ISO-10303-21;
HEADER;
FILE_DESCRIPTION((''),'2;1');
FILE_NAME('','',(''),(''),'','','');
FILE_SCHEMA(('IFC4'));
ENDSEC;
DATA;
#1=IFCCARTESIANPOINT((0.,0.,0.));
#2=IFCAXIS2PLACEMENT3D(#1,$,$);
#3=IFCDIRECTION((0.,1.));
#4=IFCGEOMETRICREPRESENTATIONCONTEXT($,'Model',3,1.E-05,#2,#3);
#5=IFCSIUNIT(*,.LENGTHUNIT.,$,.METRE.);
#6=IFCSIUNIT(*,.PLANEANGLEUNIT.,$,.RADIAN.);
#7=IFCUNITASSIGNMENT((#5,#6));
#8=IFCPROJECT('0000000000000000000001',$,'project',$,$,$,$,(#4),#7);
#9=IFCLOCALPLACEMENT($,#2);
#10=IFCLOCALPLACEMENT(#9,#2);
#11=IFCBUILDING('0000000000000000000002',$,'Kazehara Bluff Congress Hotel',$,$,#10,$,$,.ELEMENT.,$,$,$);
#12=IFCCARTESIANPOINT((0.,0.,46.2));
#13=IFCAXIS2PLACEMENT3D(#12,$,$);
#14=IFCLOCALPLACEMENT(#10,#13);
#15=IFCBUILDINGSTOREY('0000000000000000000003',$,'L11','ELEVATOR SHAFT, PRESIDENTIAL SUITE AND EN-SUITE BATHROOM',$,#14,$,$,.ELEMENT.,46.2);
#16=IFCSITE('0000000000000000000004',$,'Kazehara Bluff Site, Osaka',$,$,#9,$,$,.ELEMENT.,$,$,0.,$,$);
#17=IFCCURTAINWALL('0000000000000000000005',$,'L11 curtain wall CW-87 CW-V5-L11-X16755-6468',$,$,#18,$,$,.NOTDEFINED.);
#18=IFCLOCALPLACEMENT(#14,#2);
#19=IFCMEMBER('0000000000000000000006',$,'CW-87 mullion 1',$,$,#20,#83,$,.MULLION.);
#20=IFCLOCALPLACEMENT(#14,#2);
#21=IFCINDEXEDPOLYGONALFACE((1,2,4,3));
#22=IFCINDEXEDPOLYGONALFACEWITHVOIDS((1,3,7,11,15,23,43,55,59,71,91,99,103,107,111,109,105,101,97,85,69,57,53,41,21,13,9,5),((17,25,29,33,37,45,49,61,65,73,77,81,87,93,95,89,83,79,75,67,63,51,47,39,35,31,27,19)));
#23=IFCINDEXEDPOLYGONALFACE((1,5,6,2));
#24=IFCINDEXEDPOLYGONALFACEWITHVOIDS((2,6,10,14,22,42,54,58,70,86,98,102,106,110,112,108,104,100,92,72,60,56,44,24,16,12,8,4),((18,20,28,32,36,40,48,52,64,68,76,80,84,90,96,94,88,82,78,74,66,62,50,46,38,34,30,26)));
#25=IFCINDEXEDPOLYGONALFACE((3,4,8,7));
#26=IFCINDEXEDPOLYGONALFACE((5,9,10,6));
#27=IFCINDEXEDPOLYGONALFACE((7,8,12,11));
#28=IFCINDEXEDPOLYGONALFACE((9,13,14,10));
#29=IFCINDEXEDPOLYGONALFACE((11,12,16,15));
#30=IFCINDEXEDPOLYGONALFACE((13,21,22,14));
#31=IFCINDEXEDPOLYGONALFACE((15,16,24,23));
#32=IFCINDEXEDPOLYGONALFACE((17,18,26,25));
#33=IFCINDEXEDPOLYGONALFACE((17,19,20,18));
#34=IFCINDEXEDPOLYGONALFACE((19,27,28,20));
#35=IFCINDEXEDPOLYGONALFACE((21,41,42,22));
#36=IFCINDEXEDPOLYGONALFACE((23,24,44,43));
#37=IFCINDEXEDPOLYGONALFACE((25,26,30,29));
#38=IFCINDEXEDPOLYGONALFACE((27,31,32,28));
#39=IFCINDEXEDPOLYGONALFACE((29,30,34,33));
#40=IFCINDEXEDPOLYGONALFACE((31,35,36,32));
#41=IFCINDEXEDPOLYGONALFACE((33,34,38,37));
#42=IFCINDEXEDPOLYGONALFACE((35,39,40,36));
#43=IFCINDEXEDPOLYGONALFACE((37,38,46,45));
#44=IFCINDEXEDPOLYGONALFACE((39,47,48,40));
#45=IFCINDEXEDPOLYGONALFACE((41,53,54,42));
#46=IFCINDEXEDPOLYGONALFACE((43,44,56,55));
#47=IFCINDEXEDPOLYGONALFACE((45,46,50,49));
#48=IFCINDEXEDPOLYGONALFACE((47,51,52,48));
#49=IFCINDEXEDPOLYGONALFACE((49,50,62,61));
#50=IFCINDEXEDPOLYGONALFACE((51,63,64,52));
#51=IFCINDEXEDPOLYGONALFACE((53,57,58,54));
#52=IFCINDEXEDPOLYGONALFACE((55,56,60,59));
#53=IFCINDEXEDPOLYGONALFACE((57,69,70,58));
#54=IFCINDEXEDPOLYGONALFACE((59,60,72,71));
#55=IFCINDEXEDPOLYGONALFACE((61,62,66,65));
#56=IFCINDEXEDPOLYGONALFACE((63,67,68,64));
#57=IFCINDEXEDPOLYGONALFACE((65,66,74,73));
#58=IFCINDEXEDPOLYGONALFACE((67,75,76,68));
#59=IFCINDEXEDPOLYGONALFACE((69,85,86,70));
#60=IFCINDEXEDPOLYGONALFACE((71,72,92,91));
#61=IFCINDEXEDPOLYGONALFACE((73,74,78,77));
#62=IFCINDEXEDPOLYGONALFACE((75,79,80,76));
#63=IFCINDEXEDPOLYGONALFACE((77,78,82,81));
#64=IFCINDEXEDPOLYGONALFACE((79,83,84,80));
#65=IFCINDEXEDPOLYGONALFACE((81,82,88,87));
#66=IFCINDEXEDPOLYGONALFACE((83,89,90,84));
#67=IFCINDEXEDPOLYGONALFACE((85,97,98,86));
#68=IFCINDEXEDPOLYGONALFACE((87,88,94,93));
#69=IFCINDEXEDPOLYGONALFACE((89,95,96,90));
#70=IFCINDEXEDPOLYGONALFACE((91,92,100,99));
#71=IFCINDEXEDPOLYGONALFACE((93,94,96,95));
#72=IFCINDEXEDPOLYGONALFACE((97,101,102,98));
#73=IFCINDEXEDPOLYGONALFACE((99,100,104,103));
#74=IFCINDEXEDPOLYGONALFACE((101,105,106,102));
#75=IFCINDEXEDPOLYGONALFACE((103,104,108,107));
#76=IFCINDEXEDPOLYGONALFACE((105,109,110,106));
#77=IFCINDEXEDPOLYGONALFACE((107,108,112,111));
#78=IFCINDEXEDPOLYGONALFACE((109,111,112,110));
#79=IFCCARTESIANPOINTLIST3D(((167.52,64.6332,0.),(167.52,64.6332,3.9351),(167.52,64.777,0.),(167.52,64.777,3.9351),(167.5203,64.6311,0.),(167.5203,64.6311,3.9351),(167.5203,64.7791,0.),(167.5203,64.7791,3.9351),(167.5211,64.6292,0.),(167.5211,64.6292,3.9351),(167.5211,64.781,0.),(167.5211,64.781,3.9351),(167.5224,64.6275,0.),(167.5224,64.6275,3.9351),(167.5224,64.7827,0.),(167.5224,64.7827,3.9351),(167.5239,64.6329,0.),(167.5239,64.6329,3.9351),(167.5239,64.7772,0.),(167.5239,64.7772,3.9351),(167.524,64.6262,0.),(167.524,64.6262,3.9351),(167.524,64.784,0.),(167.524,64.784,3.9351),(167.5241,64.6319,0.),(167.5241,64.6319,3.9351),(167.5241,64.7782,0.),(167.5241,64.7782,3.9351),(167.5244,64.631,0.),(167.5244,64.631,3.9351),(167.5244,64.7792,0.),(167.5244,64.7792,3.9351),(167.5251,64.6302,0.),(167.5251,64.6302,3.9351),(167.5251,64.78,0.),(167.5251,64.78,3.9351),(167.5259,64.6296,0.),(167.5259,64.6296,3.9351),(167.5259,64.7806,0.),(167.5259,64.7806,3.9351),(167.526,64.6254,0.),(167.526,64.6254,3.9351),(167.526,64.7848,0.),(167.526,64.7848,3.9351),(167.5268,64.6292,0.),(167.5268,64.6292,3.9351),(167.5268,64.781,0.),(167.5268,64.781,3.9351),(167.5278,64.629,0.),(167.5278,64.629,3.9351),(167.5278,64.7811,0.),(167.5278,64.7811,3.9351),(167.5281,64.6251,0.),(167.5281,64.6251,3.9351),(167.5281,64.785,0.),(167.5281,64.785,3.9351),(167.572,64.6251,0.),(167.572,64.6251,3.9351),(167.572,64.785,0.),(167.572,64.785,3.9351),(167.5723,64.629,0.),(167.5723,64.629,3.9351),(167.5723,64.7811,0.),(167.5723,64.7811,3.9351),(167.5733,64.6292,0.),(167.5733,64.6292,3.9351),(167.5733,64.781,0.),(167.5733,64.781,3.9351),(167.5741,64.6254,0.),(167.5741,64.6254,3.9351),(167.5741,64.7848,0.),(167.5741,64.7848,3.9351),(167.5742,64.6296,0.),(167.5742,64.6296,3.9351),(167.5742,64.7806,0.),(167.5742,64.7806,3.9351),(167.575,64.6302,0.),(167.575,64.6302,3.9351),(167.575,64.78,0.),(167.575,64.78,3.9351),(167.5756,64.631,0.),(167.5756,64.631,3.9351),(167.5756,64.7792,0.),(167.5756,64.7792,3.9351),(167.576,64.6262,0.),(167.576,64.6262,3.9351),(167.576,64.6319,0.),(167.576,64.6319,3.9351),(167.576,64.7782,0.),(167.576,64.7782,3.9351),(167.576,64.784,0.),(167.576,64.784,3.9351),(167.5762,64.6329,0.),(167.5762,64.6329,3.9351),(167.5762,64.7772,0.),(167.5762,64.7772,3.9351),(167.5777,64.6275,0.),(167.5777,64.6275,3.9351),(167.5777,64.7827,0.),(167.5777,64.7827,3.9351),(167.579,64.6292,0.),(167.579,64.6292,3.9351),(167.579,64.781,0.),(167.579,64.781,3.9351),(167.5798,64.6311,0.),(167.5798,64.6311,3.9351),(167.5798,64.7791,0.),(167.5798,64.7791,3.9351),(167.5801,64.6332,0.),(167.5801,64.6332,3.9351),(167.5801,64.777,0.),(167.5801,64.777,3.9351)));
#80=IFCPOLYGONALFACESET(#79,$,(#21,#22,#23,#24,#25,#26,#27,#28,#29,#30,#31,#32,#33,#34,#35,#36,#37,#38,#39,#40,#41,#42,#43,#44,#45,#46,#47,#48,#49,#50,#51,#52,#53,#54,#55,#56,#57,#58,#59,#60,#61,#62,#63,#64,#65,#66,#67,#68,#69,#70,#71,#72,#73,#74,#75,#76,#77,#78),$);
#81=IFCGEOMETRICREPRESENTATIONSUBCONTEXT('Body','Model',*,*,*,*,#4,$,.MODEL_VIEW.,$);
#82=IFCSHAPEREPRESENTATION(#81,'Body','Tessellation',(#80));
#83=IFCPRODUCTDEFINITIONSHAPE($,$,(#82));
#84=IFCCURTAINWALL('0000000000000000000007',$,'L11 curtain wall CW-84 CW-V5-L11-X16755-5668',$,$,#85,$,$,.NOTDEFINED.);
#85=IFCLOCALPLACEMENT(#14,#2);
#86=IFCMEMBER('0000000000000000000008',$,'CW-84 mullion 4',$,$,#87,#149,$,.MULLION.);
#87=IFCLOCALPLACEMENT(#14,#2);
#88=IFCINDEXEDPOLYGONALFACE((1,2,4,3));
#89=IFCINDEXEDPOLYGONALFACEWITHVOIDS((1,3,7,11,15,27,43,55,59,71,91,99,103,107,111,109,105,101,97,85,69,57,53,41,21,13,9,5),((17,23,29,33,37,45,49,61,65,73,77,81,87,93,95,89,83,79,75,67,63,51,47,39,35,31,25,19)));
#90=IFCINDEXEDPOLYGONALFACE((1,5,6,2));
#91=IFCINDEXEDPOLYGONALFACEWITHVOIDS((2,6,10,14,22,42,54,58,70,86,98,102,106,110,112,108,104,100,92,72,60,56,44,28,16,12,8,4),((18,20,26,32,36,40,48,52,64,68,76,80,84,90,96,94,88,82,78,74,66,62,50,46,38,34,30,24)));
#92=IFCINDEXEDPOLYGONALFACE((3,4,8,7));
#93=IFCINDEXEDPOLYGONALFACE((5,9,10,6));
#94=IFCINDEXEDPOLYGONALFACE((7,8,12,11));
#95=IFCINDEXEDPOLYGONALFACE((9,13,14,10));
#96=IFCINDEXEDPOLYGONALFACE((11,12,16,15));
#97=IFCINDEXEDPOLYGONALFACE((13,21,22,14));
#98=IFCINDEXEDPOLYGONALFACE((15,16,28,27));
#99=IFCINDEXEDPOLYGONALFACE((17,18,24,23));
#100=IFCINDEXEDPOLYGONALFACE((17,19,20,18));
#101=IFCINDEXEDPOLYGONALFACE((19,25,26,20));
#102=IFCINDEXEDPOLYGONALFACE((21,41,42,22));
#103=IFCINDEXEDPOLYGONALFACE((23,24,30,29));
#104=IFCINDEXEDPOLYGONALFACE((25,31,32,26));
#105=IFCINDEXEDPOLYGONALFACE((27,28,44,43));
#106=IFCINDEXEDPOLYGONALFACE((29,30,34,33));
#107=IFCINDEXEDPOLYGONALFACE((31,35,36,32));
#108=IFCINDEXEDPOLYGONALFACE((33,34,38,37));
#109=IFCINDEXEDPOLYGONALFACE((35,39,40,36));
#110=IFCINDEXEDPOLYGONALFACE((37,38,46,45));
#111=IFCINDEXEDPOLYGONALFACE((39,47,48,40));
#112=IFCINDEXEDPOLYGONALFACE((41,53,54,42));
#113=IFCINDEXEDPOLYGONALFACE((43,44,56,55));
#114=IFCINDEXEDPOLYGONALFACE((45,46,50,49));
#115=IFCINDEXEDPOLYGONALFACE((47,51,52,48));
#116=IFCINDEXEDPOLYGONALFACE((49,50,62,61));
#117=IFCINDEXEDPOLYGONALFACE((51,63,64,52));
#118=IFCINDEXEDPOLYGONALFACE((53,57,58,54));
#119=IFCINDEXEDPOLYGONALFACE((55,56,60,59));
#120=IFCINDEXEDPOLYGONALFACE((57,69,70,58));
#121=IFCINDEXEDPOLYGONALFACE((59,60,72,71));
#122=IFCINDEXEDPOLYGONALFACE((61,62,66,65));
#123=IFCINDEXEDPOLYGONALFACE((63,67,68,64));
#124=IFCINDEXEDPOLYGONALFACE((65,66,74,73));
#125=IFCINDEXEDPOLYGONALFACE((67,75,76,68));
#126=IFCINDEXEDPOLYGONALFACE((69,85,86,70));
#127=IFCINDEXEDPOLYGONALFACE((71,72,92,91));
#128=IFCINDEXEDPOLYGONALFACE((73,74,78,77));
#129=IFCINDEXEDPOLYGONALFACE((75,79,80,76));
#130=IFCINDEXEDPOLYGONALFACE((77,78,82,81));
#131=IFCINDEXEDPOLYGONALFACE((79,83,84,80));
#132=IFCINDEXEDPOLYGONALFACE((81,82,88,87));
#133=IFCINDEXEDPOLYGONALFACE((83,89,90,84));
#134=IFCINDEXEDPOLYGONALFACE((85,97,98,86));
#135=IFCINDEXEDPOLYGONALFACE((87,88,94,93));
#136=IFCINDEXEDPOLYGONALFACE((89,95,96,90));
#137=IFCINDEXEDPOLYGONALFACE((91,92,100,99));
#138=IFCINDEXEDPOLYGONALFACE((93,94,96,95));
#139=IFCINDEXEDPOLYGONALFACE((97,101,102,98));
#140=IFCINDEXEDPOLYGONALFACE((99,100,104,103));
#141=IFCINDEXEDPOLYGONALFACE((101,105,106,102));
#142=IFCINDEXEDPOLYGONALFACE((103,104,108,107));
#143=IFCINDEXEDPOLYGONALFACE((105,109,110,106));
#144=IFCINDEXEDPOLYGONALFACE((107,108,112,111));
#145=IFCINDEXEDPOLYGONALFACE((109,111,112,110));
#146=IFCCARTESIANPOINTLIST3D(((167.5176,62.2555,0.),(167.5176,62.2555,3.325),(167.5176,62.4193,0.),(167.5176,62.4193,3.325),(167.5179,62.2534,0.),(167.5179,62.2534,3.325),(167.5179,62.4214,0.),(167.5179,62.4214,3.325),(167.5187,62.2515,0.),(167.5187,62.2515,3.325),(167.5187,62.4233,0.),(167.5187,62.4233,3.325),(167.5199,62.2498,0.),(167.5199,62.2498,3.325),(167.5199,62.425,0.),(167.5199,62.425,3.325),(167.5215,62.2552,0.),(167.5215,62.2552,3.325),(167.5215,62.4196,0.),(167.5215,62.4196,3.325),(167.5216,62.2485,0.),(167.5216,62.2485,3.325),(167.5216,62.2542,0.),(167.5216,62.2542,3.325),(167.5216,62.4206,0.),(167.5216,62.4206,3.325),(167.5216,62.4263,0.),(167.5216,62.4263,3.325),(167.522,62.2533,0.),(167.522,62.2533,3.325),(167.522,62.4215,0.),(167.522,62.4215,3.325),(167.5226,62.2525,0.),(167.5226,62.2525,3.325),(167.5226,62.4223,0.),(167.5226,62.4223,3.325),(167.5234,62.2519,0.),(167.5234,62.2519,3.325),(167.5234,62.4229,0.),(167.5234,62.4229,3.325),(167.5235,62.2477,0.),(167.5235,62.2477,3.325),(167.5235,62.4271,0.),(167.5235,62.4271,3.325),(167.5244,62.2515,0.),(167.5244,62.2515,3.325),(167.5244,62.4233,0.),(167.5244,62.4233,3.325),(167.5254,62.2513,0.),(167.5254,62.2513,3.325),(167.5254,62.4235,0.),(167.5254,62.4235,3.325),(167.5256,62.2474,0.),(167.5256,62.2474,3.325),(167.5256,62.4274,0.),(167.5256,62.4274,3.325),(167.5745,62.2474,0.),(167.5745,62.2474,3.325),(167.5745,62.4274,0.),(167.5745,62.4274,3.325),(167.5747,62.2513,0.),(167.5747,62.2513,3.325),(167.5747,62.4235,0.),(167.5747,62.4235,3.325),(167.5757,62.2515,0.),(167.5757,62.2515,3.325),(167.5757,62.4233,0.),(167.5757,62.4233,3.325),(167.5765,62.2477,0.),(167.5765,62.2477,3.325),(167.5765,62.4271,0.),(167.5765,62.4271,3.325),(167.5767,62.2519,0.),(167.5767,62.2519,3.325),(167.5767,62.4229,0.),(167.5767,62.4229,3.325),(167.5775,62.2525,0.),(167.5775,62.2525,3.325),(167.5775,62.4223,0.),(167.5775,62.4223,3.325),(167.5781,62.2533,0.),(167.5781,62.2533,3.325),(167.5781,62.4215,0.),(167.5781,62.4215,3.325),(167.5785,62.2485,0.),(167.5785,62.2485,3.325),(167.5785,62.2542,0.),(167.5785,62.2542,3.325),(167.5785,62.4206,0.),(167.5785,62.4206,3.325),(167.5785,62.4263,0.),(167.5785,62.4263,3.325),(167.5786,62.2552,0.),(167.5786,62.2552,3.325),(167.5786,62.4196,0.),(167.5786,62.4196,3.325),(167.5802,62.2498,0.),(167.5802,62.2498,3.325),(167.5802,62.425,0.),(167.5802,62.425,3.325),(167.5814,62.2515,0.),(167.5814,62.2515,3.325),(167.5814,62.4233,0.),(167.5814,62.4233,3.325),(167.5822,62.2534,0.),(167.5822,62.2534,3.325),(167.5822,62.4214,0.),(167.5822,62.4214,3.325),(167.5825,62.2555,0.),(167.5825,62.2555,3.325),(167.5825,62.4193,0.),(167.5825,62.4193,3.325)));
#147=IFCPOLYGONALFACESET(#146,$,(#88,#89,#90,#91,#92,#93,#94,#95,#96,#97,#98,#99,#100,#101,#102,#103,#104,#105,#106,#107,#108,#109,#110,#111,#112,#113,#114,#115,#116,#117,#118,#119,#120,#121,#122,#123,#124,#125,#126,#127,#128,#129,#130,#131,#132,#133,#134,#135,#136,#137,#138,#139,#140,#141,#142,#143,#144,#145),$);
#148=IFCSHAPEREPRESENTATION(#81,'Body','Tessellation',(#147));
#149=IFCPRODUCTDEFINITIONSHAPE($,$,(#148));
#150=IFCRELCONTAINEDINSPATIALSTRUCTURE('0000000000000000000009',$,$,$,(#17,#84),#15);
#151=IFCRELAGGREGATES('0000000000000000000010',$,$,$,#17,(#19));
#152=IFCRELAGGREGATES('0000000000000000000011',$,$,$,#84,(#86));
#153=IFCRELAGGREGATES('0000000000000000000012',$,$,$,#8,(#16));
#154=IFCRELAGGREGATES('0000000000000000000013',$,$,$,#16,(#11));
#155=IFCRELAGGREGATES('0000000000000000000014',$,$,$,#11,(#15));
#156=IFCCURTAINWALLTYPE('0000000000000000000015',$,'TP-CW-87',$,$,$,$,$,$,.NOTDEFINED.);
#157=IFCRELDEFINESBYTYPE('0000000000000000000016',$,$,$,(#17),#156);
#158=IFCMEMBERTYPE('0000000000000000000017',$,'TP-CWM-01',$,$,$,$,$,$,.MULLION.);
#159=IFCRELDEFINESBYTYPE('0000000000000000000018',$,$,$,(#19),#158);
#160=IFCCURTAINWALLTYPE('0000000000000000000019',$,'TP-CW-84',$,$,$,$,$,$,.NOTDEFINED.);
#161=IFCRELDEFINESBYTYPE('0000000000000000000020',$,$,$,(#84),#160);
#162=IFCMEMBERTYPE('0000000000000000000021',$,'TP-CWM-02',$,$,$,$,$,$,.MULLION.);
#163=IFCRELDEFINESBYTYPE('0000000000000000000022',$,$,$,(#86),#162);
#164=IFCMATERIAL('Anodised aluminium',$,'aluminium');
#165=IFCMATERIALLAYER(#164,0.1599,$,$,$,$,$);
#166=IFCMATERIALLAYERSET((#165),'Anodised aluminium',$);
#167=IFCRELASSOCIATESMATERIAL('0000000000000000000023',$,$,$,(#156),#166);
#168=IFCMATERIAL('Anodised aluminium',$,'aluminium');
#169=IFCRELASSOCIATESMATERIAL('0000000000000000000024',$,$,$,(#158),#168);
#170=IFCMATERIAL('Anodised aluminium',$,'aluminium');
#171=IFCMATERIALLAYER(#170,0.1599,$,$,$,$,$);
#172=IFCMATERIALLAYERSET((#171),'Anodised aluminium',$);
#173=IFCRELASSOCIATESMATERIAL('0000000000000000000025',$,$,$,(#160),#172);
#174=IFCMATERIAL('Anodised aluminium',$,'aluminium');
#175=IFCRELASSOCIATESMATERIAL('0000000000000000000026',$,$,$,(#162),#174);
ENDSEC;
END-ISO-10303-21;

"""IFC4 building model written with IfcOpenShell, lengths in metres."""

from ifc_helpers import new_model, si_unit, direction, frame, origin, origin_2d, place, context, subcontext, project, spatial, hollow_rectangle, extrude, material, layer, layer_set, material_profile, profile_set, type_object, element, aggregate, save


model = new_model("IFC4")

# Units and contexts
model_context = context("Model", 3, precision=1e-05, world=origin(), true_north=direction((0.0, 1.0)))
body_context = subcontext(model_context, "Body", "Model", "MODEL_VIEW")
ifc_project = project(units=[si_unit("LENGTHUNIT", "METRE"), si_unit("PLANEANGLEUNIT", "RADIAN")], contexts=[model_context])

# Site, building, storey
site_placement = place(None, origin())
site = spatial("IfcSite", under=ifc_project, at=site_placement, Name="Kazehara Bluff Site, Osaka", CompositionType="ELEMENT", RefElevation=0.0)
building_placement = place(site_placement, origin())
building = spatial("IfcBuilding", under=site, at=building_placement, Name="Kazehara Bluff Congress Hotel", CompositionType="ELEMENT")
storey_placement = place(building_placement, frame((0.0, 0.0, 46.2)))
storey = spatial("IfcBuildingStorey", under=building, at=storey_placement, Name="L11", Description="ELEVATOR SHAFT, PRESIDENTIAL SUITE AND EN-SUITE BATHROOM", CompositionType="ELEMENT", Elevation=46.2)

# Curtain wall, member
ifc_material_1 = material(Name="Anodised aluminium", Category="aluminium")
ifc_layer_1 = layer(ifc_material_1, 0.1599)
ifc_layer_set_1 = layer_set([ifc_layer_1], Name="Anodised aluminium")
curtain_wall_type_1 = type_object("IfcCurtainWallType", Name="TP-CW-87", PredefinedType="NOTDEFINED", material=ifc_layer_set_1)
curtain_wall_1_placement = place(storey_placement, origin())
curtain_wall_1 = element("IfcCurtainWall", 1, at=curtain_wall_1_placement, inside=storey, type_object=curtain_wall_type_1, Name="L11 curtain wall CW-87 CW-V5-L11-X16755-6468", PredefinedType="NOTDEFINED")
ifc_material_2 = material(Name="Anodised aluminium", Category="aluminium")
ifc_material_profile_1 = material_profile(ifc_material_2, hollow_rectangle(XDim=0.0601, YDim=0.1599, WallThickness=0.0039, InnerFilletRadius=0.0039, OuterFilletRadius=0.0081, at=origin_2d()))
ifc_profile_set_1 = profile_set([ifc_material_profile_1], Name="Anodised aluminium")
member_type_1 = type_object("IfcMemberType", Name="TP-CWM-01", PredefinedType="MULLION", material=ifc_profile_set_1)
member_1_placement = place(storey_placement, frame((167.55, 64.7051, 0.0), z_axis=(0.0, 0.0, 1.0), x_axis=(-1.0, 0.0, 0.0)))
member_1 = element("IfcMember", 2, at=member_1_placement, type_object=member_type_1, Name="CW-87 mullion 1", PredefinedType="MULLION", context=body_context, shape_type="SweptSolid", body=[
    extrude(hollow_rectangle(XDim=0.0601, YDim=0.1599, WallThickness=0.0039, InnerFilletRadius=0.0039, OuterFilletRadius=0.0081, at=origin_2d()), origin(), (0.0, 0.0, 1.0), 3.9351),
])
aggregate(curtain_wall_1, [member_1])

# Curtain wall, member
ifc_material_3 = material(Name="Anodised aluminium", Category="aluminium")
ifc_layer_2 = layer(ifc_material_3, 0.1599)
ifc_layer_set_2 = layer_set([ifc_layer_2], Name="Anodised aluminium")
curtain_wall_type_2 = type_object("IfcCurtainWallType", Name="TP-CW-84", PredefinedType="NOTDEFINED", material=ifc_layer_set_2)
curtain_wall_2_placement = place(storey_placement, origin())
curtain_wall_2 = element("IfcCurtainWall", 3, at=curtain_wall_2_placement, inside=storey, type_object=curtain_wall_type_2, Name="L11 curtain wall CW-84 CW-V5-L11-X16755-5668", PredefinedType="NOTDEFINED")
ifc_material_4 = material(Name="Anodised aluminium", Category="aluminium")
ifc_material_profile_2 = material_profile(ifc_material_4, hollow_rectangle(XDim=0.0649, YDim=0.1799, WallThickness=0.0039, InnerFilletRadius=0.0039, OuterFilletRadius=0.0081, at=origin_2d()))
ifc_profile_set_2 = profile_set([ifc_material_profile_2], Name="Anodised aluminium")
member_type_2 = type_object("IfcMemberType", Name="TP-CWM-02", PredefinedType="MULLION", material=ifc_profile_set_2)
member_2_placement = place(storey_placement, frame((167.55, 62.3374, 0.0), z_axis=(0.0, 0.0, 1.0), x_axis=(-1.0, 0.0, 0.0)))
member_2 = element("IfcMember", 4, at=member_2_placement, type_object=member_type_2, Name="CW-84 mullion 4", PredefinedType="MULLION", context=body_context, shape_type="SweptSolid", body=[
    extrude(hollow_rectangle(XDim=0.0649, YDim=0.1799, WallThickness=0.0039, InnerFilletRadius=0.0039, OuterFilletRadius=0.0081, at=origin_2d()), origin(), (0.0, 0.0, 1.0), 3.325),
])

aggregate(curtain_wall_2, [member_2])

save(model, "model.ifc")
